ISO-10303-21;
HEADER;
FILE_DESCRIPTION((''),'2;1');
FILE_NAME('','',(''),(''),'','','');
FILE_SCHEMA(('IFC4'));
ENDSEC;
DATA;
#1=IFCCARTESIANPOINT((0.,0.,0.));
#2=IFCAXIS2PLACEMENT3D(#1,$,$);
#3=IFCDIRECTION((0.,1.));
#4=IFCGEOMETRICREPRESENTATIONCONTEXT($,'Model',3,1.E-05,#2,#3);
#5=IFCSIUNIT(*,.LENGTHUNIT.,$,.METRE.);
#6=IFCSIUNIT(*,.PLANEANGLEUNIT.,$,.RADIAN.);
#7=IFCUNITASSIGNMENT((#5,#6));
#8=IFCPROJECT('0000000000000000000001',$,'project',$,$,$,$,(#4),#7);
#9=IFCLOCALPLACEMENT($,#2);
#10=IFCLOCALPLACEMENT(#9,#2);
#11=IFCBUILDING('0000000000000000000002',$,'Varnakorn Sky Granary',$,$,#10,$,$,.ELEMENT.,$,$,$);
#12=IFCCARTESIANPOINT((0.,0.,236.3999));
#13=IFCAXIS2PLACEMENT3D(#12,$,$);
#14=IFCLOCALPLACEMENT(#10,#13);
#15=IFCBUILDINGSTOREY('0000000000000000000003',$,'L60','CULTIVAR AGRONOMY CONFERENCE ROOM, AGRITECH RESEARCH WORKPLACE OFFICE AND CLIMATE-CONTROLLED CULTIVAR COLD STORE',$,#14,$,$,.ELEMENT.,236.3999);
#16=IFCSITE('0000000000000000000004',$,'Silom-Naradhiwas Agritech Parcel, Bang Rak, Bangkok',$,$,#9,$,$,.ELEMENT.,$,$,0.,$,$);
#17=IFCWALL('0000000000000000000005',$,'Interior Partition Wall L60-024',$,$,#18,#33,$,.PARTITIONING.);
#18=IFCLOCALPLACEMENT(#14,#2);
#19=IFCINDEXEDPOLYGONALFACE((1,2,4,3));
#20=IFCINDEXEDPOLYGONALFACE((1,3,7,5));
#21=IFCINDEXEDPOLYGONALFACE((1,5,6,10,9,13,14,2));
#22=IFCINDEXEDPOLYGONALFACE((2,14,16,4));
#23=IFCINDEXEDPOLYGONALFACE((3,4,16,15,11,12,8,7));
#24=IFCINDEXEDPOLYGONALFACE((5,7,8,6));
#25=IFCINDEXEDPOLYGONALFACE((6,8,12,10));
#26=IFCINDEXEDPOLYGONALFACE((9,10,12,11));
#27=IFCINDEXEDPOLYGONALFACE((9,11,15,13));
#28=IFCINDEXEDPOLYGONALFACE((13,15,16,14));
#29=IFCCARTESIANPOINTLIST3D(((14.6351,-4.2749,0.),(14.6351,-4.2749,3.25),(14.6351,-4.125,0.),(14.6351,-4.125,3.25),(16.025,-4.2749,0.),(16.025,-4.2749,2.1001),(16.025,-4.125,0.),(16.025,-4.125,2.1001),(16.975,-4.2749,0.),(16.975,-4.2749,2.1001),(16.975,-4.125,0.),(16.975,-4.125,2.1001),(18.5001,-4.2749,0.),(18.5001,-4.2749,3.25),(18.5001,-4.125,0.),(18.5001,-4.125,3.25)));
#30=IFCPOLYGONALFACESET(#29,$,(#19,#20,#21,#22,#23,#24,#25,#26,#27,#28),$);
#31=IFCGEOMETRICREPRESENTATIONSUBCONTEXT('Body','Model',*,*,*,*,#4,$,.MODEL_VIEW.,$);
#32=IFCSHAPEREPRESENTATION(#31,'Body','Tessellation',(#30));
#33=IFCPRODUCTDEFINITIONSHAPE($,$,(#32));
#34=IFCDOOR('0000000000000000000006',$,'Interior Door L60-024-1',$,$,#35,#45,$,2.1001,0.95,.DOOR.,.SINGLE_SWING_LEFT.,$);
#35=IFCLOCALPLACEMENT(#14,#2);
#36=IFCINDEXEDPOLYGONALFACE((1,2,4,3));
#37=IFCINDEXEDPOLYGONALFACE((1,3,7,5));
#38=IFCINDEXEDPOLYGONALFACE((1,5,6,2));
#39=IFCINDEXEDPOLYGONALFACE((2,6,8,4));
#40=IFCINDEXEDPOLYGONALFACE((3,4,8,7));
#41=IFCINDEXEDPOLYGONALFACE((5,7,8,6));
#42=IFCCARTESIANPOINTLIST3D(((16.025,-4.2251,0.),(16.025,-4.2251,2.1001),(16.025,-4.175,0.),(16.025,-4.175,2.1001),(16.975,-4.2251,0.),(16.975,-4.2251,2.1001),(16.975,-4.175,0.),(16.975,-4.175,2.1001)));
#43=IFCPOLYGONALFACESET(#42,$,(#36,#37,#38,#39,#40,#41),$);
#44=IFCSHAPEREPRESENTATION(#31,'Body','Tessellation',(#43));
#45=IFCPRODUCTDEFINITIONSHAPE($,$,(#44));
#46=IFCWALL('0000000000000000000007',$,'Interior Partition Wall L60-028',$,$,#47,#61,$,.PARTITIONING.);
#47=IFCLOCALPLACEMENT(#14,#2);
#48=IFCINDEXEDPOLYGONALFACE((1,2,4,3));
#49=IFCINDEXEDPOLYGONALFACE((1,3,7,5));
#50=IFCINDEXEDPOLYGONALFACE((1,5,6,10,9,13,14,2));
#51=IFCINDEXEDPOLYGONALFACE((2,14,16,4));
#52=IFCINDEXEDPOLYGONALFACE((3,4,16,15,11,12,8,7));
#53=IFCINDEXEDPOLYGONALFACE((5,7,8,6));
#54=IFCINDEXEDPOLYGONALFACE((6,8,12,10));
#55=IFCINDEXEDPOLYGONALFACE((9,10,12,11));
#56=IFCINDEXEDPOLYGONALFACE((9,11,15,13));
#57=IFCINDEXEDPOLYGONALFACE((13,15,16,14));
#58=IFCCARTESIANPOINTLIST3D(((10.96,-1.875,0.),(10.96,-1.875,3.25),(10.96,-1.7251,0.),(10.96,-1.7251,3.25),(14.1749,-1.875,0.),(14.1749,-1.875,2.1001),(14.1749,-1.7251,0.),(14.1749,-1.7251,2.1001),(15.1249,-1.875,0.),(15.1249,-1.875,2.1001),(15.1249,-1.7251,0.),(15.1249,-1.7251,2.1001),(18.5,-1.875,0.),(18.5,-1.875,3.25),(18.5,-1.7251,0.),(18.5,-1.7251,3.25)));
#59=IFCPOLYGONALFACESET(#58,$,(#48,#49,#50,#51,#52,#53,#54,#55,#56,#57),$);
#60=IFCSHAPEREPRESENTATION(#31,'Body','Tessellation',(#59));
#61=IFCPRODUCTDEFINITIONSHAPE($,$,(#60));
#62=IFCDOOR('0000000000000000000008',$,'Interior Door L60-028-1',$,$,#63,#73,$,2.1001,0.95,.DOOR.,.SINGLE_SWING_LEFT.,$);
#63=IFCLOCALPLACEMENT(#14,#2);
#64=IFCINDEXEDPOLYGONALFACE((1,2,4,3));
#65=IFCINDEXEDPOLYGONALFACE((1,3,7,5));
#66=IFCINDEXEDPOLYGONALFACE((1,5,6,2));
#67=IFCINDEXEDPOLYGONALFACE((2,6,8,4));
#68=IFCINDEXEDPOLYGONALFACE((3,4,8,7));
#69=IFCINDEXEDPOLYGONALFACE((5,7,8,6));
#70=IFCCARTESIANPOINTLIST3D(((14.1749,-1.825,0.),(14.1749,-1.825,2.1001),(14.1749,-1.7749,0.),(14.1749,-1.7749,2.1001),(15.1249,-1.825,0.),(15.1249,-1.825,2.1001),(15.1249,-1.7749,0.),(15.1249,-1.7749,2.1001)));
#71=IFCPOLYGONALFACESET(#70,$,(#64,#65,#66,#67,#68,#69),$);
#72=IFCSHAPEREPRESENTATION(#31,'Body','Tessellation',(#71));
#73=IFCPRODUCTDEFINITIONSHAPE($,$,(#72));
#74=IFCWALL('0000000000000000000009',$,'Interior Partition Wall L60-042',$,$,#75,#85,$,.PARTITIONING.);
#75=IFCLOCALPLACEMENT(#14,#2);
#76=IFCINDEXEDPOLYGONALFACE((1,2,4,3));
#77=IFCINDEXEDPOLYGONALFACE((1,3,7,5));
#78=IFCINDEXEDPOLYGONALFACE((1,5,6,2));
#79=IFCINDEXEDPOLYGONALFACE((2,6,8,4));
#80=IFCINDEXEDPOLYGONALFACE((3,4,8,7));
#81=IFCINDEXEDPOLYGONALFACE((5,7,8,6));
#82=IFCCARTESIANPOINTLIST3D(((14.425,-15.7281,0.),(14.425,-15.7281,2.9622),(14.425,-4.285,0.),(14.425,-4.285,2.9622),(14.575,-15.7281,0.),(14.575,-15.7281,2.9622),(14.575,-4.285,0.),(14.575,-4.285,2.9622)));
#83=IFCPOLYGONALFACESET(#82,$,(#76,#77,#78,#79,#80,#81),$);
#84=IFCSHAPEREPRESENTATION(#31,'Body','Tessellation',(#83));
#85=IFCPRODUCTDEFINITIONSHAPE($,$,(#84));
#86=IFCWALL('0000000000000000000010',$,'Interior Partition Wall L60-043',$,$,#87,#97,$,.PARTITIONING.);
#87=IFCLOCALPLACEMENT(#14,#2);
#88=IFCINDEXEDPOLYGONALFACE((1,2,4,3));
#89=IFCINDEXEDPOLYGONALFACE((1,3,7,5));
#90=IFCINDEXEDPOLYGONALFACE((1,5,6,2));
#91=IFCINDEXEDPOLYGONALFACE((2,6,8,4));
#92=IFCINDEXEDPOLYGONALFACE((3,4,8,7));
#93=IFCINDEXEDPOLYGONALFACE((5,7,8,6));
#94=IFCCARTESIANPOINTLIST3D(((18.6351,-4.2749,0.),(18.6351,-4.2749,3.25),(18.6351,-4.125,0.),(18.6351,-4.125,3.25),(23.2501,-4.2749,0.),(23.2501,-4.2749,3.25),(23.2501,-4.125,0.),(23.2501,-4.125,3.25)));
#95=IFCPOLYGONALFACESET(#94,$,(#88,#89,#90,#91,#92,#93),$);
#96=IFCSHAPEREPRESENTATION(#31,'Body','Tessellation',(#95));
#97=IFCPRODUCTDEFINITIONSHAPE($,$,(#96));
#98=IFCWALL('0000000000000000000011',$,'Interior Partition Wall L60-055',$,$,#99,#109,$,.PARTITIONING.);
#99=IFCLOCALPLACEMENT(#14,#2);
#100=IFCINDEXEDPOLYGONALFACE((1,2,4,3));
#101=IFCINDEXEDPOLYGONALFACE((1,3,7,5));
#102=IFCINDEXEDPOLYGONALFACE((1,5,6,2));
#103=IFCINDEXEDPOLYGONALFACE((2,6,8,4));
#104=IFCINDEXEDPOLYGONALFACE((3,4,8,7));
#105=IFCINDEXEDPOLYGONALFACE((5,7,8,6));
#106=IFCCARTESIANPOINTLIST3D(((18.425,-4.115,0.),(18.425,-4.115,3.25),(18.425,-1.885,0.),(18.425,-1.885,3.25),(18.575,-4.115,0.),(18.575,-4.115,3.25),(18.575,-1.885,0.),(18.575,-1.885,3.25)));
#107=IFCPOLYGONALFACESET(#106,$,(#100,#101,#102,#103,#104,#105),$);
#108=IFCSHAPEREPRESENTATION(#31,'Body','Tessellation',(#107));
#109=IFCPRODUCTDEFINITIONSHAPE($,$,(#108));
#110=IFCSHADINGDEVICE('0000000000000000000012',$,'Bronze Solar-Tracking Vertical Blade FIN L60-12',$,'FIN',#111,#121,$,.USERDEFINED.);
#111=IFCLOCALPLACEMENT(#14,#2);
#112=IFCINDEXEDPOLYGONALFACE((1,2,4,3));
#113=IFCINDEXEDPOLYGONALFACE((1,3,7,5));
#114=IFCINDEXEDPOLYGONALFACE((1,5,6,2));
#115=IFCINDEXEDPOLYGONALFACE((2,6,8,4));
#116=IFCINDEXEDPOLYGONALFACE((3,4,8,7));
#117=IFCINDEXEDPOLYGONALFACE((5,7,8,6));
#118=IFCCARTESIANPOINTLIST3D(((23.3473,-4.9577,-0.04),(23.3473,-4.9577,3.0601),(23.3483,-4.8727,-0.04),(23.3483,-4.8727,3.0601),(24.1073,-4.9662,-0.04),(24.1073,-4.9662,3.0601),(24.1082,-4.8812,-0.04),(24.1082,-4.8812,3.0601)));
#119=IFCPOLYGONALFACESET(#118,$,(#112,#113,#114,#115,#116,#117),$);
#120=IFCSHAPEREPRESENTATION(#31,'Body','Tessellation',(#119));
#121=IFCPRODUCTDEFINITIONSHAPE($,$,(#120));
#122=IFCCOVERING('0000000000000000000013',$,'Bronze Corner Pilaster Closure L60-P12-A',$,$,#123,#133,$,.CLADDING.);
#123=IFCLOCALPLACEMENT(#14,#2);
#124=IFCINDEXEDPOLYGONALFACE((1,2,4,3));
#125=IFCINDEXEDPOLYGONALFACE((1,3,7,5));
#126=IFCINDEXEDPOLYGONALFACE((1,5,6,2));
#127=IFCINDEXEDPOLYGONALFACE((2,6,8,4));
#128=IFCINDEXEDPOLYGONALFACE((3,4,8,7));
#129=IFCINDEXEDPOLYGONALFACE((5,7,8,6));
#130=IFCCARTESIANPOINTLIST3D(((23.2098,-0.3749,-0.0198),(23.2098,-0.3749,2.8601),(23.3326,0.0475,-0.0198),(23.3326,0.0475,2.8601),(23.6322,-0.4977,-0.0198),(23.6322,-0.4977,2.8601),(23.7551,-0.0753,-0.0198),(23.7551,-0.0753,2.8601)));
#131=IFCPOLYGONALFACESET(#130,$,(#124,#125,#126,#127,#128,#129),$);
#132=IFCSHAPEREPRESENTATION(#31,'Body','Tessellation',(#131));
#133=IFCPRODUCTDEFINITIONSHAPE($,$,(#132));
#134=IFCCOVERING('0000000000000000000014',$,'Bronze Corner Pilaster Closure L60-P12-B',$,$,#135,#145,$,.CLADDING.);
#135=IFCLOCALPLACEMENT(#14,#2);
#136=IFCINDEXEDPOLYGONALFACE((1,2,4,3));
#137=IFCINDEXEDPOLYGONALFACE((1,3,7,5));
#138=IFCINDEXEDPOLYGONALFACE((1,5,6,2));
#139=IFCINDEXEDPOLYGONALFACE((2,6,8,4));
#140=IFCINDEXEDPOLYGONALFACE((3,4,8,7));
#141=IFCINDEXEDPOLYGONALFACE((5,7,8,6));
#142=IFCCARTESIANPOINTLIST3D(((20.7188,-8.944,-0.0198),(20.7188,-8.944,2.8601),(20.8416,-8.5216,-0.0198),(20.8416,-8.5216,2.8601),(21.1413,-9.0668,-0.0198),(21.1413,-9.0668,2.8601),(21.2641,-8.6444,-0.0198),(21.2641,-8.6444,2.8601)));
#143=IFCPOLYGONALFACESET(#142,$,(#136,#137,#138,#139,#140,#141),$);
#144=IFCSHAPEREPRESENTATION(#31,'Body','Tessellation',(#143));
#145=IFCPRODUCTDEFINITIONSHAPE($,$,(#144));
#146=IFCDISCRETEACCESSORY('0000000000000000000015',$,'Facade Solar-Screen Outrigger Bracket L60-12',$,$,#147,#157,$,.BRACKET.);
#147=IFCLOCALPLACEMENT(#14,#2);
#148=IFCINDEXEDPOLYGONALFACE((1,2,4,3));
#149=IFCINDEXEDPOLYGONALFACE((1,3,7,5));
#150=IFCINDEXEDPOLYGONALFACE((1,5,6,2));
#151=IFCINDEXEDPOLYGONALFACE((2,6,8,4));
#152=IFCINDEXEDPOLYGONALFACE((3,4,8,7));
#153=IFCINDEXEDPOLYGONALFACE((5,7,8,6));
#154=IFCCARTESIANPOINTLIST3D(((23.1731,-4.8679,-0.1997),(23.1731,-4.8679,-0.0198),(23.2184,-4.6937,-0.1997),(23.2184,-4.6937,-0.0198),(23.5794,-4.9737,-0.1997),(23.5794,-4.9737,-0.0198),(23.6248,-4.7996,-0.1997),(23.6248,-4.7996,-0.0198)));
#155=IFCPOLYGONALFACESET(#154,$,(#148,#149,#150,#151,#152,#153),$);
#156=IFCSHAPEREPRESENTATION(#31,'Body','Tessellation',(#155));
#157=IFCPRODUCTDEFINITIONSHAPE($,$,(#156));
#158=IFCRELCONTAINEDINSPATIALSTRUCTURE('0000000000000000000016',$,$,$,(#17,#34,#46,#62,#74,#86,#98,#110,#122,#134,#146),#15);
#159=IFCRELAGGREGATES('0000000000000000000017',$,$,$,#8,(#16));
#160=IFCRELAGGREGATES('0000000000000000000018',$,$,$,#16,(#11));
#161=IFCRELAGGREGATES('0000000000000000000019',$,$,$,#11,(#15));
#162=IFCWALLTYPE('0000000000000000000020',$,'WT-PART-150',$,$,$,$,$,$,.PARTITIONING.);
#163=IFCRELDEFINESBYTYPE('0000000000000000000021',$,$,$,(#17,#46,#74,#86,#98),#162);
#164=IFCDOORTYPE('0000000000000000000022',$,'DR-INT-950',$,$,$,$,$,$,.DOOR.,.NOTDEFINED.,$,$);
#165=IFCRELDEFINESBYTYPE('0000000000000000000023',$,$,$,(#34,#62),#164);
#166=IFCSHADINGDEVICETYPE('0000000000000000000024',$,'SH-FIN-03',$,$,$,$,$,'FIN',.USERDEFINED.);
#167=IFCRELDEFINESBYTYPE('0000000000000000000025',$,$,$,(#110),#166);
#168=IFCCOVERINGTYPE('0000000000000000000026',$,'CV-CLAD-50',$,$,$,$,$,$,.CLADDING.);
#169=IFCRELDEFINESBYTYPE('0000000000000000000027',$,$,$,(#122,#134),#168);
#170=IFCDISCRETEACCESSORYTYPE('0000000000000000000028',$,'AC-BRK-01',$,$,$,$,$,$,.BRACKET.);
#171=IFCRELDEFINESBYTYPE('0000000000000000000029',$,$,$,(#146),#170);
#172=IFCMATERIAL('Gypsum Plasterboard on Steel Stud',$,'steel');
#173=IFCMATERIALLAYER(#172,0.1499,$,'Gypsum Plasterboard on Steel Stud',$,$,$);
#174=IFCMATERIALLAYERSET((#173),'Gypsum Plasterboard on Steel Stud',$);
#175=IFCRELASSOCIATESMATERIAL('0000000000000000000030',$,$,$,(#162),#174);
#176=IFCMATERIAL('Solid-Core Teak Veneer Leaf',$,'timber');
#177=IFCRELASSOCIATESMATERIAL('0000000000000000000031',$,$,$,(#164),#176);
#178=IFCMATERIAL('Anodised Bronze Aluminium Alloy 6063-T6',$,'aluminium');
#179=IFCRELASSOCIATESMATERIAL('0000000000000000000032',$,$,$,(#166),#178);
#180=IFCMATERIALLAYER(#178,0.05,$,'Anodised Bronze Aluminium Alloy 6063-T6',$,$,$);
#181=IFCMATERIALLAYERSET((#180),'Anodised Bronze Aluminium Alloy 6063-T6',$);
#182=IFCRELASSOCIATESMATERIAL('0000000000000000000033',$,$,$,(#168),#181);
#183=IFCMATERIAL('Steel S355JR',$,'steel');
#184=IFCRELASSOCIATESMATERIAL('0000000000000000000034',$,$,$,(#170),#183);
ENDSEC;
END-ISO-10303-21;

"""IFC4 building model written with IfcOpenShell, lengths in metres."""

from ifc_helpers import new_model, si_unit, direction, frame, frame_2d, origin, origin_2d, place, context, subcontext, project, spatial, rectangle, extrude, source, transform, mapped, material, layer, layer_set, type_object, type_shapes, element, fill, save


model = new_model("IFC4")

# Units and contexts
model_context = context("Model", 3, precision=1e-05, world=origin(), true_north=direction((0.0, 1.0)))
body_context = subcontext(model_context, "Body", "Model", "MODEL_VIEW")
ifc_project = project(units=[si_unit("LENGTHUNIT", "METRE"), si_unit("PLANEANGLEUNIT", "RADIAN")], contexts=[model_context])

# Site, building, storey
site_placement = place(None, origin())
site = spatial("IfcSite", under=ifc_project, at=site_placement, Name="Silom-Naradhiwas Agritech Parcel, Bang Rak, Bangkok", CompositionType="ELEMENT", RefElevation=0.0)
building_placement = place(site_placement, origin())
building = spatial("IfcBuilding", under=site, at=building_placement, Name="Varnakorn Sky Granary", CompositionType="ELEMENT")
storey_placement = place(building_placement, frame((0.0, 0.0, 236.3999)))
storey = spatial("IfcBuildingStorey", under=building, at=storey_placement, Name="L60", Description="CULTIVAR AGRONOMY CONFERENCE ROOM, AGRITECH RESEARCH WORKPLACE OFFICE AND CLIMATE-CONTROLLED CULTIVAR COLD STORE", CompositionType="ELEMENT", Elevation=236.3999)

# Shared definitions
ifc_material_1 = material(Name="Steel S355JR", Category="steel")

# Shared definitions
ifc_material_2 = material(Name="Anodised Bronze Aluminium Alloy 6063-T6", Category="aluminium")

# Walls, openings, doors
ifc_material_3 = material(Name="Gypsum Plasterboard on Steel Stud", Category="steel")
ifc_layer_1 = layer(ifc_material_3, 0.1499, Name="Gypsum Plasterboard on Steel Stud")
ifc_layer_set_1 = layer_set([ifc_layer_1], Name="Gypsum Plasterboard on Steel Stud")
wall_type_1 = type_object("IfcWallType", Name="WT-PART-150", PredefinedType="PARTITIONING", material=ifc_layer_set_1)
wall_1_placement = place(storey_placement, frame((14.635, -4.2, 0.0), z_axis=(0.0, 0.0, 1.0), x_axis=(1.0, 0.0, 0.0)))
wall_1 = element("IfcWall", 1, at=wall_1_placement, inside=storey, type_object=wall_type_1, Name="Interior Partition Wall L60-024", PredefinedType="PARTITIONING", context=body_context, shape_type="SweptSolid", body=[
    extrude(rectangle(XDim=3.865, YDim=0.1499, at=frame_2d((1.9326, 0.0))), origin(), (0.0, 0.0, 1.0), 3.25),
])
opening_1_placement = place(wall_1_placement, frame((1.3899, 0.0, 0.0)))
opening_1 = element("IfcOpeningElement", 2, at=opening_1_placement, cuts=wall_1, PredefinedType="OPENING", context=body_context, shape_type="SweptSolid", body=[
    extrude(rectangle(XDim=0.95, YDim=2.1001, at=frame_2d((0.4751, 1.05))), frame((0.0, 0.085, 0.0), z_axis=(0.0, -1.0, 0.0), x_axis=(1.0, 0.0, 0.0)), (0.0, 0.0, 1.0), 0.1699),
])
ifc_material_4 = material(Name="Solid-Core Teak Veneer Leaf", Category="timber")
door_type = type_object("IfcDoorType", Name="DR-INT-950", OperationType="NOTDEFINED", PredefinedType="DOOR", material=ifc_material_4)
door_1_placement = place(opening_1_placement, origin())
door_1 = element("IfcDoor", 3, at=door_1_placement, inside=storey, type_object=door_type, Name="Interior Door L60-024-1", OperationType="SINGLE_SWING_LEFT", OverallHeight=2.1001, OverallWidth=0.95, PredefinedType="DOOR", context=body_context, shape_type="SweptSolid", body=[
    extrude(rectangle(XDim=0.95, YDim=2.1001, at=frame_2d((0.4751, 1.05))), frame((0.0, 0.0249, 0.0), z_axis=(0.0, -1.0, 0.0), x_axis=(1.0, 0.0, 0.0)), (0.0, 0.0, 1.0), 0.05),
])
fill(opening_1, door_1)
wall_2_placement = place(storey_placement, frame((18.5, -1.8, 0.0), z_axis=(0.0, 0.0, 1.0), x_axis=(-1.0, 0.0, 0.0)))
wall_2 = element("IfcWall", 4, at=wall_2_placement, inside=storey, type_object=wall_type_1, Name="Interior Partition Wall L60-028", PredefinedType="PARTITIONING", context=body_context, shape_type="SweptSolid", body=[
    extrude(rectangle(XDim=7.54, YDim=0.1499, at=frame_2d((3.77, 0.0))), origin(), (0.0, 0.0, 1.0), 3.25),
])
opening_2_placement = place(wall_2_placement, frame((3.375, 0.0, 0.0)))
opening_2 = element("IfcOpeningElement", 5, at=opening_2_placement, cuts=wall_2, PredefinedType="OPENING", context=body_context, shape_type="SweptSolid", body=[
    extrude(rectangle(XDim=0.95, YDim=2.1001, at=frame_2d((0.4751, 1.05))), frame((0.0, 0.085, 0.0), z_axis=(0.0, -1.0, 0.0), x_axis=(1.0, 0.0, 0.0)), (0.0, 0.0, 1.0), 0.1699),
])
door_2_placement = place(opening_2_placement, origin())
door_2 = element("IfcDoor", 6, at=door_2_placement, inside=storey, type_object=door_type, Name="Interior Door L60-028-1", OperationType="SINGLE_SWING_LEFT", OverallHeight=2.1001, OverallWidth=0.95, PredefinedType="DOOR", context=body_context, shape_type="SweptSolid", body=[
    extrude(rectangle(XDim=0.95, YDim=2.1001, at=frame_2d((0.4751, 1.05))), frame((0.0, 0.0249, 0.0), z_axis=(0.0, -1.0, 0.0), x_axis=(1.0, 0.0, 0.0)), (0.0, 0.0, 1.0), 0.05),
])
fill(opening_2, door_2)

# Walls
wall_3_placement = place(storey_placement, frame((14.5, -4.2849, 0.0), z_axis=(0.0, 0.0, 1.0), x_axis=(0.0, -1.0, 0.0)))
element("IfcWall", 7, at=wall_3_placement, inside=storey, type_object=wall_type_1, Name="Interior Partition Wall L60-042", PredefinedType="PARTITIONING", context=body_context, shape_type="SweptSolid", body=[
    extrude(rectangle(XDim=11.4431, YDim=0.1499, at=frame_2d((5.7217, 0.0))), origin(), (0.0, 0.0, 1.0), 2.9622),
])
wall_4_placement = place(storey_placement, frame((18.635, -4.2, 0.0), z_axis=(0.0, 0.0, 1.0), x_axis=(1.0, 0.0, 0.0)))
element("IfcWall", 8, at=wall_4_placement, inside=storey, type_object=wall_type_1, Name="Interior Partition Wall L60-043", PredefinedType="PARTITIONING", context=body_context, shape_type="SweptSolid", body=[
    extrude(rectangle(XDim=4.615, YDim=0.1499, at=frame_2d((2.3076, 0.0))), origin(), (0.0, 0.0, 1.0), 3.25),
])
wall_5_placement = place(storey_placement, frame((18.5, -4.115, 0.0), z_axis=(0.0, 0.0, 1.0), x_axis=(0.0, 1.0, 0.0)))
element("IfcWall", 9, at=wall_5_placement, inside=storey, type_object=wall_type_1, Name="Interior Partition Wall L60-055", PredefinedType="PARTITIONING", context=body_context, shape_type="SweptSolid", body=[
    extrude(rectangle(XDim=2.23, YDim=0.1499, at=frame_2d((1.115, 0.0))), origin(), (0.0, 0.0, 1.0), 3.25),
])

# Shading device
shading_device_type = type_object("IfcShadingDeviceType", Name="SH-FIN-03", ElementType="FIN", PredefinedType="USERDEFINED", material=ifc_material_2)
shared_shape_1 = source(origin(), body_context, "Body", "SweptSolid", [
    extrude(rectangle(XDim=0.085, YDim=0.76, at=origin_2d()), origin(), (0.0, 0.0, 1.0), 3.1001),
])
type_shapes(shading_device_type, [shared_shape_1])
shading_device_placement = place(storey_placement, frame((23.7278, -4.9194, -0.04), z_axis=(0.0, 0.0, 1.0), x_axis=(0.011182, 0.999937, 0.0)))
element("IfcShadingDevice", 10, at=shading_device_placement, inside=storey, type_object=shading_device_type, Name="Bronze Solar-Tracking Vertical Blade FIN L60-12", ObjectType="FIN", PredefinedType="USERDEFINED", context=body_context, shape_type="MappedRepresentation", body=[
    mapped(shared_shape_1, transform((0.0, 0.0, 0.0), x_axis=(1.0, 0.0, 0.0), y_axis=(0.0, 1.0, 0.0), z_axis=(0.0, 0.0, 1.0), scale=1.0)),
])

# Coverings
ifc_layer_2 = layer(ifc_material_2, 0.05, Name="Anodised Bronze Aluminium Alloy 6063-T6")
ifc_layer_set_2 = layer_set([ifc_layer_2], Name="Anodised Bronze Aluminium Alloy 6063-T6")
covering_type = type_object("IfcCoveringType", Name="CV-CLAD-50", PredefinedType="CLADDING", material=ifc_layer_set_2)
shared_shape_2 = source(origin(), body_context, "Body", "SweptSolid", [
    extrude(rectangle(XDim=0.4399, YDim=0.4399, at=origin_2d()), origin(), (0.0, 0.0, 1.0), 2.8799),
])
type_shapes(covering_type, [shared_shape_2])
for number, where, z_axis, x_axis, name in (
    (11, (23.4824, -0.2251, -0.0198), (0.0, 0.0, 1.0), (-0.279159, -0.960245, 0.0), "Bronze Corner Pilaster Closure L60-P12-A"),
    (12, (20.9915, -8.7942, -0.0198), (0.0, 0.0, 1.0), (-0.279159, -0.960245, 0.0), "Bronze Corner Pilaster Closure L60-P12-B"),
):
    element("IfcCovering", number, at=place(storey_placement, frame(where, z_axis=z_axis, x_axis=x_axis)), inside=storey, type_object=covering_type, Name=name, PredefinedType="CLADDING", context=body_context, shape_type="MappedRepresentation", body=[
        mapped(shared_shape_2, transform((0.0, 0.0, 0.0), x_axis=(1.0, 0.0, 0.0), y_axis=(0.0, 1.0, 0.0), z_axis=(0.0, 0.0, 1.0), scale=1.0)),
    ])

# Discrete accessory
discrete_accessory_type = type_object("IfcDiscreteAccessoryType", Name="AC-BRK-01", PredefinedType="BRACKET", material=ifc_material_1)
shared_shape_3 = source(origin(), body_context, "Body", "SweptSolid", [
    extrude(rectangle(XDim=0.1799, YDim=0.4199, at=origin_2d()), origin(), (0.0, 0.0, 1.0), 0.1799),
])
type_shapes(discrete_accessory_type, [shared_shape_3])
discrete_accessory_placement = place(storey_placement, frame((23.3989, -4.8337, -0.1997), z_axis=(0.0, 0.0, 1.0), x_axis=(0.252168, 0.967683, 0.0)))
element("IfcDiscreteAccessory", 13, at=discrete_accessory_placement, inside=storey, type_object=discrete_accessory_type, Name="Facade Solar-Screen Outrigger Bracket L60-12", PredefinedType="BRACKET", context=body_context, shape_type="MappedRepresentation", body=[
    mapped(shared_shape_3, transform((0.0, 0.0, 0.0), x_axis=(1.0, 0.0, 0.0), y_axis=(0.0, 1.0, 0.0), z_axis=(0.0, 0.0, 1.0), scale=1.0)),
])

save(model, "model.ifc")
